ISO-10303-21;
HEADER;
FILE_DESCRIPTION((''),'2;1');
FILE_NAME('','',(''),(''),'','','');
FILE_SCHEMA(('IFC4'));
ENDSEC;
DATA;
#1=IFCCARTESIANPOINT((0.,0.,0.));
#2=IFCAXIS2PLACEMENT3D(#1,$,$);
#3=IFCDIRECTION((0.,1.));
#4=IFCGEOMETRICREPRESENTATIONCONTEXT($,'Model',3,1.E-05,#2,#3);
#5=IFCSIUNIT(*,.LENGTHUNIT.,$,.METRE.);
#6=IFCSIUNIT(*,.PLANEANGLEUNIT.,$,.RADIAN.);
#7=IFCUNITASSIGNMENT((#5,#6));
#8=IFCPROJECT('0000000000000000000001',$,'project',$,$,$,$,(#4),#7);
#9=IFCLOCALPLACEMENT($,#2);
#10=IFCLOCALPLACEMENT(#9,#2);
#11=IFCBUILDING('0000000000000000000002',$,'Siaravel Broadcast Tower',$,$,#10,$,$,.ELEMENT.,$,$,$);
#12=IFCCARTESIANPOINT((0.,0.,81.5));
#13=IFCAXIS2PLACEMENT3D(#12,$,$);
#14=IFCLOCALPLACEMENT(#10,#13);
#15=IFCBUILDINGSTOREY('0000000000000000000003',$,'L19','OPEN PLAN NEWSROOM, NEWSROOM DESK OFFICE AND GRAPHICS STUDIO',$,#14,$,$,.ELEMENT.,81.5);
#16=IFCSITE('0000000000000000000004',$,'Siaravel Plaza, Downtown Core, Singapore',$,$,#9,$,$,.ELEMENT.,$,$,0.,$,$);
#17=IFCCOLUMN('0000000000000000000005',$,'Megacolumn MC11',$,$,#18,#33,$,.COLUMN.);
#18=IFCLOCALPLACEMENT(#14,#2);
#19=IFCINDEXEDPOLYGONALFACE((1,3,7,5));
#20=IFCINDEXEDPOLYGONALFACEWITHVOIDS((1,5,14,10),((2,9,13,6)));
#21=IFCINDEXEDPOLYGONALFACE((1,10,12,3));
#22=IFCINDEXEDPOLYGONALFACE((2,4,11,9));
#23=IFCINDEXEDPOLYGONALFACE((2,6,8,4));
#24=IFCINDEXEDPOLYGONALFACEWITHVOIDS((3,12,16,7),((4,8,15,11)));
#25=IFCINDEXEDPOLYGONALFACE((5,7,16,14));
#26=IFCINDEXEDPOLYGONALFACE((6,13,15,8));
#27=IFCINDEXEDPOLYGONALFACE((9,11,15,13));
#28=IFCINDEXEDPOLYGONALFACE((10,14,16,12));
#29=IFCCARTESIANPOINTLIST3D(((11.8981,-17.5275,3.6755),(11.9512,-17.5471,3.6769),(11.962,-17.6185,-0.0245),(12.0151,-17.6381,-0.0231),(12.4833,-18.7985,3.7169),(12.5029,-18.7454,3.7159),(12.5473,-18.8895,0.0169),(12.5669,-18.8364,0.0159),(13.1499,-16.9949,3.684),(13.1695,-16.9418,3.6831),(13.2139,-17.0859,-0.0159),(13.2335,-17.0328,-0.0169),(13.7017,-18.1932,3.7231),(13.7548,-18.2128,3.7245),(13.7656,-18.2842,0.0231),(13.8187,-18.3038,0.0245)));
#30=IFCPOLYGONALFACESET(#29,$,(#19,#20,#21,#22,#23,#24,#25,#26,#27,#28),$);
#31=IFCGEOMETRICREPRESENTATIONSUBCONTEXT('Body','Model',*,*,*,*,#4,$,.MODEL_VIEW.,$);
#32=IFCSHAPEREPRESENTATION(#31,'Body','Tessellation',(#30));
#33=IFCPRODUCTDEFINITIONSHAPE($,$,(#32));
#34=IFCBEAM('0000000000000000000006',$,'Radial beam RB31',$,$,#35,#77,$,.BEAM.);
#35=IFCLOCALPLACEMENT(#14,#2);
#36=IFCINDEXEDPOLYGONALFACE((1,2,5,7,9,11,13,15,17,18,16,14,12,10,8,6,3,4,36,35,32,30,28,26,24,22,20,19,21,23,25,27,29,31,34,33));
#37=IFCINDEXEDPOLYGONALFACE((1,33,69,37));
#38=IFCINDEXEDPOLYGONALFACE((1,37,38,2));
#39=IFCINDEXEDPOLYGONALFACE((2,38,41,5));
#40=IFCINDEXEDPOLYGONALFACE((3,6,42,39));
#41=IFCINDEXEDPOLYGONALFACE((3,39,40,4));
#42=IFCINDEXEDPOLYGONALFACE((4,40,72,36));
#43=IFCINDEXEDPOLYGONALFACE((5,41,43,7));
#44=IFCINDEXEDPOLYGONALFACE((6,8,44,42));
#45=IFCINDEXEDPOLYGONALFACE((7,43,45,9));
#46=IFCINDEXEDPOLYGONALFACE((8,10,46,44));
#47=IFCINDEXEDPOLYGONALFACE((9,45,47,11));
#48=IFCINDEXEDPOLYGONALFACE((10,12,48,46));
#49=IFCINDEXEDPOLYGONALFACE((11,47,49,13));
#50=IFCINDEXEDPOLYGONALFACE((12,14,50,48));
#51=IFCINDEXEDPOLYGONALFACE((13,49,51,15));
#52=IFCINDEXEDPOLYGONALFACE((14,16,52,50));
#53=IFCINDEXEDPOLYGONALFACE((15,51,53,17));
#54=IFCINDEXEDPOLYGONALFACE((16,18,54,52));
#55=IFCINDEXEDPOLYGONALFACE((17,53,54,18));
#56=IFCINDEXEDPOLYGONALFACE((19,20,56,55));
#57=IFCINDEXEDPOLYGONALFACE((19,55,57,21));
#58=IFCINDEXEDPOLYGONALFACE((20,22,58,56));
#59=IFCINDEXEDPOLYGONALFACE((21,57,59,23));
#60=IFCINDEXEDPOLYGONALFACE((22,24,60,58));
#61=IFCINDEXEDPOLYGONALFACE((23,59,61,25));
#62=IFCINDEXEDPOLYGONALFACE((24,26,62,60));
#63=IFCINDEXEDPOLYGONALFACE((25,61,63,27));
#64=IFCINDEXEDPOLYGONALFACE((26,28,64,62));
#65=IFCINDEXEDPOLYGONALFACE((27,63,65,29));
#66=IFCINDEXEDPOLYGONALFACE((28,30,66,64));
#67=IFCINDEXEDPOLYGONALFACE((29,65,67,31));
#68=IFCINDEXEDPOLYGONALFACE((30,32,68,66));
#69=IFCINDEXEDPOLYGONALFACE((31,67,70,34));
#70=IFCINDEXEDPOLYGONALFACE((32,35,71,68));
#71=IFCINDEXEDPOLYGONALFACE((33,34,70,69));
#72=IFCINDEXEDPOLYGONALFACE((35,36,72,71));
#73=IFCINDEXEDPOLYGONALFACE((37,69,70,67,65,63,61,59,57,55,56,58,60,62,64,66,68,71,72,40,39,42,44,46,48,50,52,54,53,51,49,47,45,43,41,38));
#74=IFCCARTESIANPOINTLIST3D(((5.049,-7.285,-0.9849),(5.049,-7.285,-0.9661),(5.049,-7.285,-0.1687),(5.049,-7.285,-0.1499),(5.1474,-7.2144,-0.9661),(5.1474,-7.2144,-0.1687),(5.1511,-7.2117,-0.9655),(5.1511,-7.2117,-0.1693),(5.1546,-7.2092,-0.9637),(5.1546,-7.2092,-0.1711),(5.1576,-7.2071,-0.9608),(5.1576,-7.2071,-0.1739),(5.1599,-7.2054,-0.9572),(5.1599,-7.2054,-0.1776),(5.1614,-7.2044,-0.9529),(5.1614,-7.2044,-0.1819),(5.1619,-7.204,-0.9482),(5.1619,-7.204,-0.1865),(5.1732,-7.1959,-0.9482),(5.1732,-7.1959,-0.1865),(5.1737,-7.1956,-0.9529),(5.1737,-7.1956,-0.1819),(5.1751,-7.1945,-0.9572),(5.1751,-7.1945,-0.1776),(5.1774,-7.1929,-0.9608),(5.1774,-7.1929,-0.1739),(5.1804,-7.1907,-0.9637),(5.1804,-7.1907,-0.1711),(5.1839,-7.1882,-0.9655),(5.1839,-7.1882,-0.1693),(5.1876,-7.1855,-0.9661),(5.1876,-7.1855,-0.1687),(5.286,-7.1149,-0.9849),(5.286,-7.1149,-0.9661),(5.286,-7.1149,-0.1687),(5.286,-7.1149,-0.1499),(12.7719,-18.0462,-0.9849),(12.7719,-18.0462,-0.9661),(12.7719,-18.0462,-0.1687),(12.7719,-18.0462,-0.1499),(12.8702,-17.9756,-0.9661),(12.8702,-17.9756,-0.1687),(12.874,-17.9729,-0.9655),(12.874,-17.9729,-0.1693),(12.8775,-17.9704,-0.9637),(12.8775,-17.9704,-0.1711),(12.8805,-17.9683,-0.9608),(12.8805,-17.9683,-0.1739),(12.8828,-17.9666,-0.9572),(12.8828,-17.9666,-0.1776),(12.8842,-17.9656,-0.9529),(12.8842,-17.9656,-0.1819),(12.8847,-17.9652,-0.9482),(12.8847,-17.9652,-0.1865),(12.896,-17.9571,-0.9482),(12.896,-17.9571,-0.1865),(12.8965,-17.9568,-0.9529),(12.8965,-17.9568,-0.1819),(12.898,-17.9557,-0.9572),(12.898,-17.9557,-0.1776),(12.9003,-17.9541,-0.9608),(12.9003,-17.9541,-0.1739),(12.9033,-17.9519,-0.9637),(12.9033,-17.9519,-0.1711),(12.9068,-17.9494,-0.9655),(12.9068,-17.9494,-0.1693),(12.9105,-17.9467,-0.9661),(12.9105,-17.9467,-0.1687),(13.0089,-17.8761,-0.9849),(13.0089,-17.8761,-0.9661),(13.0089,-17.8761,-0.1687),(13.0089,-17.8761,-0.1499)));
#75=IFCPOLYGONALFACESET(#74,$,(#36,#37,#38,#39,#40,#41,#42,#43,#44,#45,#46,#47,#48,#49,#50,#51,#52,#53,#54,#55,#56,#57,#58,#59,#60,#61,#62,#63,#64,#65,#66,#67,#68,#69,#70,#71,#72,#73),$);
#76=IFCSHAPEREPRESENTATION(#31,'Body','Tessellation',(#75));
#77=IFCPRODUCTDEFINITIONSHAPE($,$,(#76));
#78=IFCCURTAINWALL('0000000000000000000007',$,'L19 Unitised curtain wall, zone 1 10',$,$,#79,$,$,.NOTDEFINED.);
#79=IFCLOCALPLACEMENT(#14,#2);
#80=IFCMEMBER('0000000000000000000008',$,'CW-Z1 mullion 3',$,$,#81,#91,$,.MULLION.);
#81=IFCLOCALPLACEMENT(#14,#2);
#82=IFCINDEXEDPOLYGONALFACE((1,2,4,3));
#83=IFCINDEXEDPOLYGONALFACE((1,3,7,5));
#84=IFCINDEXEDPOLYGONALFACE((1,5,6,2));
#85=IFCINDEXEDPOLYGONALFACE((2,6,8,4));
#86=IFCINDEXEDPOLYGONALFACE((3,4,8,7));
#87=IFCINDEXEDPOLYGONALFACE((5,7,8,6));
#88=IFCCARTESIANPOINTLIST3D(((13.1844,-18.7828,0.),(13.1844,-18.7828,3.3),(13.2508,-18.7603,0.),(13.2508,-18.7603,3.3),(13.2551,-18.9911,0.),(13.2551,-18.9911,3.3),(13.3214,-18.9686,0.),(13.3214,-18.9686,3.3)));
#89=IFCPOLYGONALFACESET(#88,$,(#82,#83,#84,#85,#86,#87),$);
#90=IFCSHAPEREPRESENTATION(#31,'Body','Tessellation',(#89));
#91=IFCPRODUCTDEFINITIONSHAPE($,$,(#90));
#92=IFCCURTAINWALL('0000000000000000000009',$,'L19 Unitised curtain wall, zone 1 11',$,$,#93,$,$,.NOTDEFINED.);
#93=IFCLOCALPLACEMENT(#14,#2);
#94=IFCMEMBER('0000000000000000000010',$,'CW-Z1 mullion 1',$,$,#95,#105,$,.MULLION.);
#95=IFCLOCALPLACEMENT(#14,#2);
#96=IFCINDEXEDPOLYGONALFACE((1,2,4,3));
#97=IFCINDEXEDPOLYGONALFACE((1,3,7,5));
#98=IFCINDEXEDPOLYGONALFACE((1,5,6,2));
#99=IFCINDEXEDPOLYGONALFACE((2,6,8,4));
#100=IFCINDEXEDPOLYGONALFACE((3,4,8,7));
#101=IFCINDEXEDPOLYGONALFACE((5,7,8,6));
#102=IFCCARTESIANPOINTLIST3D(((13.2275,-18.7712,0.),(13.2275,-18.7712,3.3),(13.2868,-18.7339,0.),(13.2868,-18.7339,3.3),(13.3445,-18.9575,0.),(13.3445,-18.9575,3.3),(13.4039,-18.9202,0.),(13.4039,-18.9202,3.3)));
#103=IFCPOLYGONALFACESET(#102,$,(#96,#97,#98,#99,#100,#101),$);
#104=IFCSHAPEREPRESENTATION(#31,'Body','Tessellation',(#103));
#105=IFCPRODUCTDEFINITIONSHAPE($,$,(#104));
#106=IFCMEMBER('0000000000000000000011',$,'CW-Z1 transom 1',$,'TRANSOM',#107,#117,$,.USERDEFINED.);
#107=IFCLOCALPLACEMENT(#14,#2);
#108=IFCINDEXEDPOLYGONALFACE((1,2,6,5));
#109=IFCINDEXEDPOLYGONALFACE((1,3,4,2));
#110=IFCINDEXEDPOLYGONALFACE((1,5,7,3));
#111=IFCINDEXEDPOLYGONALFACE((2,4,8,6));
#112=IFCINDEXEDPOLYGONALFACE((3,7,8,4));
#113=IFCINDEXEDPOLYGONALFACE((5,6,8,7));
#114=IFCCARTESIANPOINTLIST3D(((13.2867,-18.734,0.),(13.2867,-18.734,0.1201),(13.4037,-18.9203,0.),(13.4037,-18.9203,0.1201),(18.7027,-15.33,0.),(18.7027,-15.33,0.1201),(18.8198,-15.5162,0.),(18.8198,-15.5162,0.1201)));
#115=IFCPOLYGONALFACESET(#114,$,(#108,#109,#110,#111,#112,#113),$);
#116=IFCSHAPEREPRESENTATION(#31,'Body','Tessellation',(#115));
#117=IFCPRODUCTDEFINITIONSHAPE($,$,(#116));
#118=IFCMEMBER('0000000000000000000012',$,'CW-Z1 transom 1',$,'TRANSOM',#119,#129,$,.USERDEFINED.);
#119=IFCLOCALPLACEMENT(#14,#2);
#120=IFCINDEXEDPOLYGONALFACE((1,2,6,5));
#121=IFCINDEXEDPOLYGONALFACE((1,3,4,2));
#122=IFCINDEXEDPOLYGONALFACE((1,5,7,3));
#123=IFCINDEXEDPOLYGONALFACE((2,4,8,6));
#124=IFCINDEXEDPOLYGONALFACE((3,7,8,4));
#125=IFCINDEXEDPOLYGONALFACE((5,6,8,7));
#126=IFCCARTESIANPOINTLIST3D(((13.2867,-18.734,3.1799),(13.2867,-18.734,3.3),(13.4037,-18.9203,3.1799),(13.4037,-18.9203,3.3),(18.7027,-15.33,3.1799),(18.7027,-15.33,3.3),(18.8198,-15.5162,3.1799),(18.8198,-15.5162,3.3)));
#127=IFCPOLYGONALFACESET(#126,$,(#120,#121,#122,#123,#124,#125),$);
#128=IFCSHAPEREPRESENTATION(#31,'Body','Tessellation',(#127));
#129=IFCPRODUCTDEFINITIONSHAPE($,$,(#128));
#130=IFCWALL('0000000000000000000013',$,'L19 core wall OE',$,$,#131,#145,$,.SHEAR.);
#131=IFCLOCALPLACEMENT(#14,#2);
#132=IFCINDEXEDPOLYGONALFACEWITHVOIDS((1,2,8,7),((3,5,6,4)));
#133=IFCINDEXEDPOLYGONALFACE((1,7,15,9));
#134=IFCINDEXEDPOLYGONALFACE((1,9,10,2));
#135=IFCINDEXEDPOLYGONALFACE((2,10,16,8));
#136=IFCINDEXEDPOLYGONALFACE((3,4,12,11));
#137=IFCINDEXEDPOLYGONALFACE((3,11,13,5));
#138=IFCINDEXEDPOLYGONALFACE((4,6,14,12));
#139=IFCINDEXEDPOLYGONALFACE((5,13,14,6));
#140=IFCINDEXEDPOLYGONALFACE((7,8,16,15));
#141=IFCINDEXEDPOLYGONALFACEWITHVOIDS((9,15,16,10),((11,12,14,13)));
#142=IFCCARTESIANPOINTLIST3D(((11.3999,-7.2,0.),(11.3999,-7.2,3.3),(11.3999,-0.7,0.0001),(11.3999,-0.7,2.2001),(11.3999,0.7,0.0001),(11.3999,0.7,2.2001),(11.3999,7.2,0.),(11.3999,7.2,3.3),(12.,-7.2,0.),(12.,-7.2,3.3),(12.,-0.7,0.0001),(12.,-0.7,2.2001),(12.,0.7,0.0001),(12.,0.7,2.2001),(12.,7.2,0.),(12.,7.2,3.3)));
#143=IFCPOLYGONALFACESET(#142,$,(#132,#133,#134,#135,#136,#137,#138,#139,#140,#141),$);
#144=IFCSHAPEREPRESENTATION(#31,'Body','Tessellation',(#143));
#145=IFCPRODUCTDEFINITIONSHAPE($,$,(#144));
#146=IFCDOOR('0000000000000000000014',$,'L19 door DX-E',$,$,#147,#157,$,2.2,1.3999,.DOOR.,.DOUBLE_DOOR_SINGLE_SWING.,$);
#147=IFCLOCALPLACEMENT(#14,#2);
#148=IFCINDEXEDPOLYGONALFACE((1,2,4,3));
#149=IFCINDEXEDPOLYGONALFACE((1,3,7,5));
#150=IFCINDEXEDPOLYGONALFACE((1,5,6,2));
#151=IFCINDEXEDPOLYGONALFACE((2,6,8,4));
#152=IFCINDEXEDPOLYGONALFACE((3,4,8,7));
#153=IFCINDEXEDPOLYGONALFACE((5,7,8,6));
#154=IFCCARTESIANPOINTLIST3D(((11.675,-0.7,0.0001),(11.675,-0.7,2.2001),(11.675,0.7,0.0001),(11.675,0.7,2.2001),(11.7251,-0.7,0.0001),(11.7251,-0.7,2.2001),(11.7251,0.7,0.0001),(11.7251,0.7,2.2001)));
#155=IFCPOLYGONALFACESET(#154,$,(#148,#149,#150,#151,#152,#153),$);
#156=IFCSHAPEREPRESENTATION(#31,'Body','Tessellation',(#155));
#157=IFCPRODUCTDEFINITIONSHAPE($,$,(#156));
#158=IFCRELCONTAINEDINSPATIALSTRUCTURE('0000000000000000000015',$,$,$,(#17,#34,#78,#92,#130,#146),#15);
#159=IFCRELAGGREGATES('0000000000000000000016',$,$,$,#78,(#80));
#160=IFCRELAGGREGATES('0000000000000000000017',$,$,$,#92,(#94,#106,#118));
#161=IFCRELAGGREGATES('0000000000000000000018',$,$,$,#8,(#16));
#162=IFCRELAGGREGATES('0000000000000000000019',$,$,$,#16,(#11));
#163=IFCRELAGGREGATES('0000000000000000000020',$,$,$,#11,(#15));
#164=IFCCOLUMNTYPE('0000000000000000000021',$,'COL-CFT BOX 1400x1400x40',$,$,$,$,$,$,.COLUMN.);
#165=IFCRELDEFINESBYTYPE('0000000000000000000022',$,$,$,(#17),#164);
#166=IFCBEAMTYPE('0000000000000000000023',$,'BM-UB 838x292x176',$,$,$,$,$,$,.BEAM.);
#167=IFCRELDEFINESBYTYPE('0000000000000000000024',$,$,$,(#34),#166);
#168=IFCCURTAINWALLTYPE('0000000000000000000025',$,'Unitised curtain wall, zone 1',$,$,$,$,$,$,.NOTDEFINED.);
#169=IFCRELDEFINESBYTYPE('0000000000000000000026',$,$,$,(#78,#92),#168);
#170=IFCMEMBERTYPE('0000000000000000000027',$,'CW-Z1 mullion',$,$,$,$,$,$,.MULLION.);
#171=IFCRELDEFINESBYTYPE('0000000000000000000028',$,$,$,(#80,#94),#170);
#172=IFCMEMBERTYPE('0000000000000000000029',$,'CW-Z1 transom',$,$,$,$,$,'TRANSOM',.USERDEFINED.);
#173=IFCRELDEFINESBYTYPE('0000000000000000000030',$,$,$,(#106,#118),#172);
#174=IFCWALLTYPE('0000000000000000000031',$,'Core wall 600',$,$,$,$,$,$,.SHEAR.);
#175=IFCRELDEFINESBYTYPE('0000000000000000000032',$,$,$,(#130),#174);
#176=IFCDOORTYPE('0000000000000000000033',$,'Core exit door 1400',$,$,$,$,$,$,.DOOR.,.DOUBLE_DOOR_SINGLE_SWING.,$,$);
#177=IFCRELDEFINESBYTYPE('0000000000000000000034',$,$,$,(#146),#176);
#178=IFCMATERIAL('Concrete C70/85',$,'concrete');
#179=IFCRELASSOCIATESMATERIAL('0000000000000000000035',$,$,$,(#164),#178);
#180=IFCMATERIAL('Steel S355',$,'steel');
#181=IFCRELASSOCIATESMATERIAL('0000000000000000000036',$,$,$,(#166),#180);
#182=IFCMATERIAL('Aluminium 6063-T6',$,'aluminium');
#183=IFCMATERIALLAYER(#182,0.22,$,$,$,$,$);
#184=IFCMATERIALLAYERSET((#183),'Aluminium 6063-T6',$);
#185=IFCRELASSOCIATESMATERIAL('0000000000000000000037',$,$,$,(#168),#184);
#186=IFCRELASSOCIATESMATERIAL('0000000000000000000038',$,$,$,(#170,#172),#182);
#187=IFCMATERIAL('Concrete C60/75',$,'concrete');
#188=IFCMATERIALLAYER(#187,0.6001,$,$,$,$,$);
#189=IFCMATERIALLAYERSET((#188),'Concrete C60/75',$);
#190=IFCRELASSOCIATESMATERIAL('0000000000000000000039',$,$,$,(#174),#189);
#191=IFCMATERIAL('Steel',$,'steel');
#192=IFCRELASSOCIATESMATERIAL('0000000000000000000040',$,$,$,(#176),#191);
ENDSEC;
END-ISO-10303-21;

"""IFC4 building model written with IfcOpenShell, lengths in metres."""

from ifc_helpers import new_model, si_unit, direction, frame, frame_2d, origin, origin_2d, place, context, subcontext, project, spatial, rectangle, hollow_rectangle, i_section, extrude, material, layer, layer_set, material_profile, profile_set, type_object, element, fill, aggregate, save


model = new_model("IFC4")

# Units and contexts
model_context = context("Model", 3, precision=1e-05, world=origin(), true_north=direction((0.0, 1.0)))
body_context = subcontext(model_context, "Body", "Model", "MODEL_VIEW")
ifc_project = project(units=[si_unit("LENGTHUNIT", "METRE"), si_unit("PLANEANGLEUNIT", "RADIAN")], contexts=[model_context])

# Site, building, storey
site_placement = place(None, origin())
site = spatial("IfcSite", under=ifc_project, at=site_placement, Name="Siaravel Plaza, Downtown Core, Singapore", CompositionType="ELEMENT", RefElevation=0.0)
building_placement = place(site_placement, origin())
building = spatial("IfcBuilding", under=site, at=building_placement, Name="Siaravel Broadcast Tower", CompositionType="ELEMENT")
storey_placement = place(building_placement, frame((0.0, 0.0, 81.5)))
storey = spatial("IfcBuildingStorey", under=building, at=storey_placement, Name="L19", Description="OPEN PLAN NEWSROOM, NEWSROOM DESK OFFICE AND GRAPHICS STUDIO", CompositionType="ELEMENT", Elevation=81.5)

# Column
ifc_material_1 = material(Name="Concrete C70/85", Category="concrete")
ifc_material_profile_1 = material_profile(ifc_material_1, hollow_rectangle(XDim=1.3999, YDim=1.3999, WallThickness=0.04, at=origin_2d()))
ifc_profile_set_1 = profile_set([ifc_material_profile_1], Name="Concrete C70/85")
column_type = type_object("IfcColumnType", Name="COL-CFT BOX 1400x1400x40", PredefinedType="COLUMN", material=ifc_profile_set_1)
column_placement = place(storey_placement, frame((12.8904, -17.9612, 0.0), z_axis=(-0.01728, 0.024601, 0.999548), x_axis=(-0.908252, -0.418389, -0.005404)))
element("IfcColumn", 1, at=column_placement, inside=storey, type_object=column_type, Name="Megacolumn MC11", PredefinedType="COLUMN", context=body_context, shape_type="SweptSolid", body=[
    extrude(hollow_rectangle(XDim=1.3999, YDim=1.3999, WallThickness=0.04, at=origin_2d()), origin(), (0.0, 0.0, 1.0), 3.7017),
])

# Beam
ifc_material_2 = material(Name="Steel S355", Category="steel")
ifc_material_profile_2 = material_profile(ifc_material_2, i_section(OverallWidth=0.2917, OverallDepth=0.835, WebThickness=0.0139, FlangeThickness=0.0188, FilletRadius=0.0178, at=origin_2d()))
ifc_profile_set_2 = profile_set([ifc_material_profile_2], Name="Steel S355")
beam_type = type_object("IfcBeamType", Name="BM-UB 838x292x176", PredefinedType="BEAM", material=ifc_profile_set_2)
beam_placement = place(storey_placement, frame((12.8904, -17.9612, -0.5674), z_axis=(-0.583052, 0.812435, 0.0), x_axis=(-0.812435, -0.583052, 0.0)))
element("IfcBeam", 2, at=beam_placement, inside=storey, type_object=beam_type, Name="Radial beam RB31", PredefinedType="BEAM", context=body_context, shape_type="SweptSolid", body=[
    extrude(i_section(OverallWidth=0.2917, OverallDepth=0.835, WebThickness=0.0139, FlangeThickness=0.0188, FilletRadius=0.0178, at=origin_2d()), origin(), (0.0, 0.0, 1.0), 13.2456),
])

# Curtain wall, member
ifc_material_3 = material(Name="Aluminium 6063-T6", Category="aluminium")
ifc_layer_1 = layer(ifc_material_3, 0.22)
ifc_layer_set_1 = layer_set([ifc_layer_1], Name="Aluminium 6063-T6")
curtain_wall_type = type_object("IfcCurtainWallType", Name="Unitised curtain wall, zone 1", PredefinedType="NOTDEFINED", material=ifc_layer_set_1)
curtain_wall_1_placement = place(storey_placement, origin())
curtain_wall_1 = element("IfcCurtainWall", 3, at=curtain_wall_1_placement, inside=storey, type_object=curtain_wall_type, Name="L19 Unitised curtain wall, zone 1 10", PredefinedType="NOTDEFINED")
ifc_material_profile_3 = material_profile(ifc_material_3, rectangle(XDim=0.22, YDim=0.0701, at=origin_2d()))
ifc_profile_set_3 = profile_set([ifc_material_profile_3], Name="Aluminium 6063-T6")
member_type_1 = type_object("IfcMemberType", Name="CW-Z1 mullion", PredefinedType="MULLION", material=ifc_profile_set_3)
member_1_placement = place(storey_placement, frame((13.2529, -18.8757, 0.0), z_axis=(0.0, 0.0, 1.0), x_axis=(-0.321301, 0.946977, 0.0)))
member_1 = element("IfcMember", 4, at=member_1_placement, type_object=member_type_1, Name="CW-Z1 mullion 3", PredefinedType="MULLION", context=body_context, shape_type="SweptSolid", body=[
    extrude(rectangle(XDim=0.22, YDim=0.0701, at=origin_2d()), origin(), (0.0, 0.0, 1.0), 3.3),
])
aggregate(curtain_wall_1, [member_1])

# Curtain wall, members
curtain_wall_2_placement = place(storey_placement, origin())
curtain_wall_2 = element("IfcCurtainWall", 5, at=curtain_wall_2_placement, inside=storey, type_object=curtain_wall_type, Name="L19 Unitised curtain wall, zone 1 11", PredefinedType="NOTDEFINED")
member_2_placement = place(storey_placement, frame((13.3157, -18.8457, 0.0), z_axis=(0.0, 0.0, 1.0), x_axis=(-0.53215, 0.84665, 0.0)))
member_2 = element("IfcMember", 6, at=member_2_placement, type_object=member_type_1, Name="CW-Z1 mullion 1", PredefinedType="MULLION", context=body_context, shape_type="SweptSolid", body=[
    extrude(rectangle(XDim=0.22, YDim=0.0701, at=origin_2d()), origin(), (0.0, 0.0, 1.0), 3.3),
])
ifc_material_profile_4 = material_profile(ifc_material_3, rectangle(XDim=0.22, YDim=0.1201, at=origin_2d()))
ifc_profile_set_4 = profile_set([ifc_material_profile_4], Name="Aluminium 6063-T6")
member_type_2 = type_object("IfcMemberType", Name="CW-Z1 transom", ElementType="TRANSOM", PredefinedType="USERDEFINED", material=ifc_profile_set_4)
member_3_placement = place(storey_placement, frame((13.3452, -18.8271, 0.0601), z_axis=(0.846658, 0.532138, 0.0), x_axis=(-0.532138, 0.846658, 0.0)))
member_3 = element("IfcMember", 7, at=member_3_placement, type_object=member_type_2, Name="CW-Z1 transom 1", ObjectType="TRANSOM", PredefinedType="USERDEFINED", context=body_context, shape_type="SweptSolid", body=[
    extrude(rectangle(XDim=0.22, YDim=0.1201, at=origin_2d()), origin(), (0.0, 0.0, 1.0), 6.397),
])
member_4_placement = place(storey_placement, frame((13.3452, -18.8271, 3.24), z_axis=(0.846658, 0.532138, 0.0), x_axis=(-0.532138, 0.846658, 0.0)))
member_4 = element("IfcMember", 8, at=member_4_placement, type_object=member_type_2, Name="CW-Z1 transom 1", ObjectType="TRANSOM", PredefinedType="USERDEFINED", context=body_context, shape_type="SweptSolid", body=[
    extrude(rectangle(XDim=0.22, YDim=0.1201, at=origin_2d()), origin(), (0.0, 0.0, 1.0), 6.397),
])
aggregate(curtain_wall_2, [member_2, member_3, member_4])

# Wall, opening, door
ifc_material_4 = material(Name="Concrete C60/75", Category="concrete")
ifc_layer_2 = layer(ifc_material_4, 0.6001)
ifc_layer_set_2 = layer_set([ifc_layer_2], Name="Concrete C60/75")
wall_type_1 = type_object("IfcWallType", Name="Core wall 600", PredefinedType="SHEAR", material=ifc_layer_set_2)
wall_1_placement = place(storey_placement, frame((11.7, -7.2, 0.0), z_axis=(0.0, 0.0, 1.0), x_axis=(0.0, 1.0, 0.0)))
wall_1 = element("IfcWall", 9, at=wall_1_placement, inside=storey, type_object=wall_type_1, Name="L19 core wall OE", PredefinedType="SHEAR", context=body_context, shape_type="SweptSolid", body=[
    extrude(rectangle(XDim=14.3999, YDim=0.6001, at=frame_2d((7.2, 0.0))), origin(), (0.0, 0.0, 1.0), 3.3),
])
opening_1_placement = place(wall_1_placement, frame((6.5, 0.0, 0.0)))
opening_1 = element("IfcOpeningElement", 10, at=opening_1_placement, cuts=wall_1, PredefinedType="OPENING", context=body_context, shape_type="SweptSolid", body=[
    extrude(rectangle(XDim=1.3999, YDim=2.2, at=frame_2d((0.7, 1.1001))), frame((0.0, 0.3101, 0.0), z_axis=(0.0, -1.0, 0.0), x_axis=(1.0, 0.0, 0.0)), (0.0, 0.0, 1.0), 0.6201),
])
ifc_material_5 = material(Name="Steel", Category="steel")
door_type_1 = type_object("IfcDoorType", Name="Core exit door 1400", OperationType="DOUBLE_DOOR_SINGLE_SWING", PredefinedType="DOOR", material=ifc_material_5)
door_1_placement = place(opening_1_placement, origin())
door_1 = element("IfcDoor", 11, at=door_1_placement, inside=storey, type_object=door_type_1, Name="L19 door DX-E", OperationType="DOUBLE_DOOR_SINGLE_SWING", OverallHeight=2.2, OverallWidth=1.3999, PredefinedType="DOOR", context=body_context, shape_type="SweptSolid", body=[
    extrude(rectangle(XDim=1.3999, YDim=2.2, at=frame_2d((0.7, 1.1001))), frame((0.0, 0.0249, 0.0), z_axis=(0.0, -1.0, 0.0), x_axis=(1.0, 0.0, 0.0)), (0.0, 0.0, 1.0), 0.05),
])
fill(opening_1, door_1)

save(model, "model.ifc")
